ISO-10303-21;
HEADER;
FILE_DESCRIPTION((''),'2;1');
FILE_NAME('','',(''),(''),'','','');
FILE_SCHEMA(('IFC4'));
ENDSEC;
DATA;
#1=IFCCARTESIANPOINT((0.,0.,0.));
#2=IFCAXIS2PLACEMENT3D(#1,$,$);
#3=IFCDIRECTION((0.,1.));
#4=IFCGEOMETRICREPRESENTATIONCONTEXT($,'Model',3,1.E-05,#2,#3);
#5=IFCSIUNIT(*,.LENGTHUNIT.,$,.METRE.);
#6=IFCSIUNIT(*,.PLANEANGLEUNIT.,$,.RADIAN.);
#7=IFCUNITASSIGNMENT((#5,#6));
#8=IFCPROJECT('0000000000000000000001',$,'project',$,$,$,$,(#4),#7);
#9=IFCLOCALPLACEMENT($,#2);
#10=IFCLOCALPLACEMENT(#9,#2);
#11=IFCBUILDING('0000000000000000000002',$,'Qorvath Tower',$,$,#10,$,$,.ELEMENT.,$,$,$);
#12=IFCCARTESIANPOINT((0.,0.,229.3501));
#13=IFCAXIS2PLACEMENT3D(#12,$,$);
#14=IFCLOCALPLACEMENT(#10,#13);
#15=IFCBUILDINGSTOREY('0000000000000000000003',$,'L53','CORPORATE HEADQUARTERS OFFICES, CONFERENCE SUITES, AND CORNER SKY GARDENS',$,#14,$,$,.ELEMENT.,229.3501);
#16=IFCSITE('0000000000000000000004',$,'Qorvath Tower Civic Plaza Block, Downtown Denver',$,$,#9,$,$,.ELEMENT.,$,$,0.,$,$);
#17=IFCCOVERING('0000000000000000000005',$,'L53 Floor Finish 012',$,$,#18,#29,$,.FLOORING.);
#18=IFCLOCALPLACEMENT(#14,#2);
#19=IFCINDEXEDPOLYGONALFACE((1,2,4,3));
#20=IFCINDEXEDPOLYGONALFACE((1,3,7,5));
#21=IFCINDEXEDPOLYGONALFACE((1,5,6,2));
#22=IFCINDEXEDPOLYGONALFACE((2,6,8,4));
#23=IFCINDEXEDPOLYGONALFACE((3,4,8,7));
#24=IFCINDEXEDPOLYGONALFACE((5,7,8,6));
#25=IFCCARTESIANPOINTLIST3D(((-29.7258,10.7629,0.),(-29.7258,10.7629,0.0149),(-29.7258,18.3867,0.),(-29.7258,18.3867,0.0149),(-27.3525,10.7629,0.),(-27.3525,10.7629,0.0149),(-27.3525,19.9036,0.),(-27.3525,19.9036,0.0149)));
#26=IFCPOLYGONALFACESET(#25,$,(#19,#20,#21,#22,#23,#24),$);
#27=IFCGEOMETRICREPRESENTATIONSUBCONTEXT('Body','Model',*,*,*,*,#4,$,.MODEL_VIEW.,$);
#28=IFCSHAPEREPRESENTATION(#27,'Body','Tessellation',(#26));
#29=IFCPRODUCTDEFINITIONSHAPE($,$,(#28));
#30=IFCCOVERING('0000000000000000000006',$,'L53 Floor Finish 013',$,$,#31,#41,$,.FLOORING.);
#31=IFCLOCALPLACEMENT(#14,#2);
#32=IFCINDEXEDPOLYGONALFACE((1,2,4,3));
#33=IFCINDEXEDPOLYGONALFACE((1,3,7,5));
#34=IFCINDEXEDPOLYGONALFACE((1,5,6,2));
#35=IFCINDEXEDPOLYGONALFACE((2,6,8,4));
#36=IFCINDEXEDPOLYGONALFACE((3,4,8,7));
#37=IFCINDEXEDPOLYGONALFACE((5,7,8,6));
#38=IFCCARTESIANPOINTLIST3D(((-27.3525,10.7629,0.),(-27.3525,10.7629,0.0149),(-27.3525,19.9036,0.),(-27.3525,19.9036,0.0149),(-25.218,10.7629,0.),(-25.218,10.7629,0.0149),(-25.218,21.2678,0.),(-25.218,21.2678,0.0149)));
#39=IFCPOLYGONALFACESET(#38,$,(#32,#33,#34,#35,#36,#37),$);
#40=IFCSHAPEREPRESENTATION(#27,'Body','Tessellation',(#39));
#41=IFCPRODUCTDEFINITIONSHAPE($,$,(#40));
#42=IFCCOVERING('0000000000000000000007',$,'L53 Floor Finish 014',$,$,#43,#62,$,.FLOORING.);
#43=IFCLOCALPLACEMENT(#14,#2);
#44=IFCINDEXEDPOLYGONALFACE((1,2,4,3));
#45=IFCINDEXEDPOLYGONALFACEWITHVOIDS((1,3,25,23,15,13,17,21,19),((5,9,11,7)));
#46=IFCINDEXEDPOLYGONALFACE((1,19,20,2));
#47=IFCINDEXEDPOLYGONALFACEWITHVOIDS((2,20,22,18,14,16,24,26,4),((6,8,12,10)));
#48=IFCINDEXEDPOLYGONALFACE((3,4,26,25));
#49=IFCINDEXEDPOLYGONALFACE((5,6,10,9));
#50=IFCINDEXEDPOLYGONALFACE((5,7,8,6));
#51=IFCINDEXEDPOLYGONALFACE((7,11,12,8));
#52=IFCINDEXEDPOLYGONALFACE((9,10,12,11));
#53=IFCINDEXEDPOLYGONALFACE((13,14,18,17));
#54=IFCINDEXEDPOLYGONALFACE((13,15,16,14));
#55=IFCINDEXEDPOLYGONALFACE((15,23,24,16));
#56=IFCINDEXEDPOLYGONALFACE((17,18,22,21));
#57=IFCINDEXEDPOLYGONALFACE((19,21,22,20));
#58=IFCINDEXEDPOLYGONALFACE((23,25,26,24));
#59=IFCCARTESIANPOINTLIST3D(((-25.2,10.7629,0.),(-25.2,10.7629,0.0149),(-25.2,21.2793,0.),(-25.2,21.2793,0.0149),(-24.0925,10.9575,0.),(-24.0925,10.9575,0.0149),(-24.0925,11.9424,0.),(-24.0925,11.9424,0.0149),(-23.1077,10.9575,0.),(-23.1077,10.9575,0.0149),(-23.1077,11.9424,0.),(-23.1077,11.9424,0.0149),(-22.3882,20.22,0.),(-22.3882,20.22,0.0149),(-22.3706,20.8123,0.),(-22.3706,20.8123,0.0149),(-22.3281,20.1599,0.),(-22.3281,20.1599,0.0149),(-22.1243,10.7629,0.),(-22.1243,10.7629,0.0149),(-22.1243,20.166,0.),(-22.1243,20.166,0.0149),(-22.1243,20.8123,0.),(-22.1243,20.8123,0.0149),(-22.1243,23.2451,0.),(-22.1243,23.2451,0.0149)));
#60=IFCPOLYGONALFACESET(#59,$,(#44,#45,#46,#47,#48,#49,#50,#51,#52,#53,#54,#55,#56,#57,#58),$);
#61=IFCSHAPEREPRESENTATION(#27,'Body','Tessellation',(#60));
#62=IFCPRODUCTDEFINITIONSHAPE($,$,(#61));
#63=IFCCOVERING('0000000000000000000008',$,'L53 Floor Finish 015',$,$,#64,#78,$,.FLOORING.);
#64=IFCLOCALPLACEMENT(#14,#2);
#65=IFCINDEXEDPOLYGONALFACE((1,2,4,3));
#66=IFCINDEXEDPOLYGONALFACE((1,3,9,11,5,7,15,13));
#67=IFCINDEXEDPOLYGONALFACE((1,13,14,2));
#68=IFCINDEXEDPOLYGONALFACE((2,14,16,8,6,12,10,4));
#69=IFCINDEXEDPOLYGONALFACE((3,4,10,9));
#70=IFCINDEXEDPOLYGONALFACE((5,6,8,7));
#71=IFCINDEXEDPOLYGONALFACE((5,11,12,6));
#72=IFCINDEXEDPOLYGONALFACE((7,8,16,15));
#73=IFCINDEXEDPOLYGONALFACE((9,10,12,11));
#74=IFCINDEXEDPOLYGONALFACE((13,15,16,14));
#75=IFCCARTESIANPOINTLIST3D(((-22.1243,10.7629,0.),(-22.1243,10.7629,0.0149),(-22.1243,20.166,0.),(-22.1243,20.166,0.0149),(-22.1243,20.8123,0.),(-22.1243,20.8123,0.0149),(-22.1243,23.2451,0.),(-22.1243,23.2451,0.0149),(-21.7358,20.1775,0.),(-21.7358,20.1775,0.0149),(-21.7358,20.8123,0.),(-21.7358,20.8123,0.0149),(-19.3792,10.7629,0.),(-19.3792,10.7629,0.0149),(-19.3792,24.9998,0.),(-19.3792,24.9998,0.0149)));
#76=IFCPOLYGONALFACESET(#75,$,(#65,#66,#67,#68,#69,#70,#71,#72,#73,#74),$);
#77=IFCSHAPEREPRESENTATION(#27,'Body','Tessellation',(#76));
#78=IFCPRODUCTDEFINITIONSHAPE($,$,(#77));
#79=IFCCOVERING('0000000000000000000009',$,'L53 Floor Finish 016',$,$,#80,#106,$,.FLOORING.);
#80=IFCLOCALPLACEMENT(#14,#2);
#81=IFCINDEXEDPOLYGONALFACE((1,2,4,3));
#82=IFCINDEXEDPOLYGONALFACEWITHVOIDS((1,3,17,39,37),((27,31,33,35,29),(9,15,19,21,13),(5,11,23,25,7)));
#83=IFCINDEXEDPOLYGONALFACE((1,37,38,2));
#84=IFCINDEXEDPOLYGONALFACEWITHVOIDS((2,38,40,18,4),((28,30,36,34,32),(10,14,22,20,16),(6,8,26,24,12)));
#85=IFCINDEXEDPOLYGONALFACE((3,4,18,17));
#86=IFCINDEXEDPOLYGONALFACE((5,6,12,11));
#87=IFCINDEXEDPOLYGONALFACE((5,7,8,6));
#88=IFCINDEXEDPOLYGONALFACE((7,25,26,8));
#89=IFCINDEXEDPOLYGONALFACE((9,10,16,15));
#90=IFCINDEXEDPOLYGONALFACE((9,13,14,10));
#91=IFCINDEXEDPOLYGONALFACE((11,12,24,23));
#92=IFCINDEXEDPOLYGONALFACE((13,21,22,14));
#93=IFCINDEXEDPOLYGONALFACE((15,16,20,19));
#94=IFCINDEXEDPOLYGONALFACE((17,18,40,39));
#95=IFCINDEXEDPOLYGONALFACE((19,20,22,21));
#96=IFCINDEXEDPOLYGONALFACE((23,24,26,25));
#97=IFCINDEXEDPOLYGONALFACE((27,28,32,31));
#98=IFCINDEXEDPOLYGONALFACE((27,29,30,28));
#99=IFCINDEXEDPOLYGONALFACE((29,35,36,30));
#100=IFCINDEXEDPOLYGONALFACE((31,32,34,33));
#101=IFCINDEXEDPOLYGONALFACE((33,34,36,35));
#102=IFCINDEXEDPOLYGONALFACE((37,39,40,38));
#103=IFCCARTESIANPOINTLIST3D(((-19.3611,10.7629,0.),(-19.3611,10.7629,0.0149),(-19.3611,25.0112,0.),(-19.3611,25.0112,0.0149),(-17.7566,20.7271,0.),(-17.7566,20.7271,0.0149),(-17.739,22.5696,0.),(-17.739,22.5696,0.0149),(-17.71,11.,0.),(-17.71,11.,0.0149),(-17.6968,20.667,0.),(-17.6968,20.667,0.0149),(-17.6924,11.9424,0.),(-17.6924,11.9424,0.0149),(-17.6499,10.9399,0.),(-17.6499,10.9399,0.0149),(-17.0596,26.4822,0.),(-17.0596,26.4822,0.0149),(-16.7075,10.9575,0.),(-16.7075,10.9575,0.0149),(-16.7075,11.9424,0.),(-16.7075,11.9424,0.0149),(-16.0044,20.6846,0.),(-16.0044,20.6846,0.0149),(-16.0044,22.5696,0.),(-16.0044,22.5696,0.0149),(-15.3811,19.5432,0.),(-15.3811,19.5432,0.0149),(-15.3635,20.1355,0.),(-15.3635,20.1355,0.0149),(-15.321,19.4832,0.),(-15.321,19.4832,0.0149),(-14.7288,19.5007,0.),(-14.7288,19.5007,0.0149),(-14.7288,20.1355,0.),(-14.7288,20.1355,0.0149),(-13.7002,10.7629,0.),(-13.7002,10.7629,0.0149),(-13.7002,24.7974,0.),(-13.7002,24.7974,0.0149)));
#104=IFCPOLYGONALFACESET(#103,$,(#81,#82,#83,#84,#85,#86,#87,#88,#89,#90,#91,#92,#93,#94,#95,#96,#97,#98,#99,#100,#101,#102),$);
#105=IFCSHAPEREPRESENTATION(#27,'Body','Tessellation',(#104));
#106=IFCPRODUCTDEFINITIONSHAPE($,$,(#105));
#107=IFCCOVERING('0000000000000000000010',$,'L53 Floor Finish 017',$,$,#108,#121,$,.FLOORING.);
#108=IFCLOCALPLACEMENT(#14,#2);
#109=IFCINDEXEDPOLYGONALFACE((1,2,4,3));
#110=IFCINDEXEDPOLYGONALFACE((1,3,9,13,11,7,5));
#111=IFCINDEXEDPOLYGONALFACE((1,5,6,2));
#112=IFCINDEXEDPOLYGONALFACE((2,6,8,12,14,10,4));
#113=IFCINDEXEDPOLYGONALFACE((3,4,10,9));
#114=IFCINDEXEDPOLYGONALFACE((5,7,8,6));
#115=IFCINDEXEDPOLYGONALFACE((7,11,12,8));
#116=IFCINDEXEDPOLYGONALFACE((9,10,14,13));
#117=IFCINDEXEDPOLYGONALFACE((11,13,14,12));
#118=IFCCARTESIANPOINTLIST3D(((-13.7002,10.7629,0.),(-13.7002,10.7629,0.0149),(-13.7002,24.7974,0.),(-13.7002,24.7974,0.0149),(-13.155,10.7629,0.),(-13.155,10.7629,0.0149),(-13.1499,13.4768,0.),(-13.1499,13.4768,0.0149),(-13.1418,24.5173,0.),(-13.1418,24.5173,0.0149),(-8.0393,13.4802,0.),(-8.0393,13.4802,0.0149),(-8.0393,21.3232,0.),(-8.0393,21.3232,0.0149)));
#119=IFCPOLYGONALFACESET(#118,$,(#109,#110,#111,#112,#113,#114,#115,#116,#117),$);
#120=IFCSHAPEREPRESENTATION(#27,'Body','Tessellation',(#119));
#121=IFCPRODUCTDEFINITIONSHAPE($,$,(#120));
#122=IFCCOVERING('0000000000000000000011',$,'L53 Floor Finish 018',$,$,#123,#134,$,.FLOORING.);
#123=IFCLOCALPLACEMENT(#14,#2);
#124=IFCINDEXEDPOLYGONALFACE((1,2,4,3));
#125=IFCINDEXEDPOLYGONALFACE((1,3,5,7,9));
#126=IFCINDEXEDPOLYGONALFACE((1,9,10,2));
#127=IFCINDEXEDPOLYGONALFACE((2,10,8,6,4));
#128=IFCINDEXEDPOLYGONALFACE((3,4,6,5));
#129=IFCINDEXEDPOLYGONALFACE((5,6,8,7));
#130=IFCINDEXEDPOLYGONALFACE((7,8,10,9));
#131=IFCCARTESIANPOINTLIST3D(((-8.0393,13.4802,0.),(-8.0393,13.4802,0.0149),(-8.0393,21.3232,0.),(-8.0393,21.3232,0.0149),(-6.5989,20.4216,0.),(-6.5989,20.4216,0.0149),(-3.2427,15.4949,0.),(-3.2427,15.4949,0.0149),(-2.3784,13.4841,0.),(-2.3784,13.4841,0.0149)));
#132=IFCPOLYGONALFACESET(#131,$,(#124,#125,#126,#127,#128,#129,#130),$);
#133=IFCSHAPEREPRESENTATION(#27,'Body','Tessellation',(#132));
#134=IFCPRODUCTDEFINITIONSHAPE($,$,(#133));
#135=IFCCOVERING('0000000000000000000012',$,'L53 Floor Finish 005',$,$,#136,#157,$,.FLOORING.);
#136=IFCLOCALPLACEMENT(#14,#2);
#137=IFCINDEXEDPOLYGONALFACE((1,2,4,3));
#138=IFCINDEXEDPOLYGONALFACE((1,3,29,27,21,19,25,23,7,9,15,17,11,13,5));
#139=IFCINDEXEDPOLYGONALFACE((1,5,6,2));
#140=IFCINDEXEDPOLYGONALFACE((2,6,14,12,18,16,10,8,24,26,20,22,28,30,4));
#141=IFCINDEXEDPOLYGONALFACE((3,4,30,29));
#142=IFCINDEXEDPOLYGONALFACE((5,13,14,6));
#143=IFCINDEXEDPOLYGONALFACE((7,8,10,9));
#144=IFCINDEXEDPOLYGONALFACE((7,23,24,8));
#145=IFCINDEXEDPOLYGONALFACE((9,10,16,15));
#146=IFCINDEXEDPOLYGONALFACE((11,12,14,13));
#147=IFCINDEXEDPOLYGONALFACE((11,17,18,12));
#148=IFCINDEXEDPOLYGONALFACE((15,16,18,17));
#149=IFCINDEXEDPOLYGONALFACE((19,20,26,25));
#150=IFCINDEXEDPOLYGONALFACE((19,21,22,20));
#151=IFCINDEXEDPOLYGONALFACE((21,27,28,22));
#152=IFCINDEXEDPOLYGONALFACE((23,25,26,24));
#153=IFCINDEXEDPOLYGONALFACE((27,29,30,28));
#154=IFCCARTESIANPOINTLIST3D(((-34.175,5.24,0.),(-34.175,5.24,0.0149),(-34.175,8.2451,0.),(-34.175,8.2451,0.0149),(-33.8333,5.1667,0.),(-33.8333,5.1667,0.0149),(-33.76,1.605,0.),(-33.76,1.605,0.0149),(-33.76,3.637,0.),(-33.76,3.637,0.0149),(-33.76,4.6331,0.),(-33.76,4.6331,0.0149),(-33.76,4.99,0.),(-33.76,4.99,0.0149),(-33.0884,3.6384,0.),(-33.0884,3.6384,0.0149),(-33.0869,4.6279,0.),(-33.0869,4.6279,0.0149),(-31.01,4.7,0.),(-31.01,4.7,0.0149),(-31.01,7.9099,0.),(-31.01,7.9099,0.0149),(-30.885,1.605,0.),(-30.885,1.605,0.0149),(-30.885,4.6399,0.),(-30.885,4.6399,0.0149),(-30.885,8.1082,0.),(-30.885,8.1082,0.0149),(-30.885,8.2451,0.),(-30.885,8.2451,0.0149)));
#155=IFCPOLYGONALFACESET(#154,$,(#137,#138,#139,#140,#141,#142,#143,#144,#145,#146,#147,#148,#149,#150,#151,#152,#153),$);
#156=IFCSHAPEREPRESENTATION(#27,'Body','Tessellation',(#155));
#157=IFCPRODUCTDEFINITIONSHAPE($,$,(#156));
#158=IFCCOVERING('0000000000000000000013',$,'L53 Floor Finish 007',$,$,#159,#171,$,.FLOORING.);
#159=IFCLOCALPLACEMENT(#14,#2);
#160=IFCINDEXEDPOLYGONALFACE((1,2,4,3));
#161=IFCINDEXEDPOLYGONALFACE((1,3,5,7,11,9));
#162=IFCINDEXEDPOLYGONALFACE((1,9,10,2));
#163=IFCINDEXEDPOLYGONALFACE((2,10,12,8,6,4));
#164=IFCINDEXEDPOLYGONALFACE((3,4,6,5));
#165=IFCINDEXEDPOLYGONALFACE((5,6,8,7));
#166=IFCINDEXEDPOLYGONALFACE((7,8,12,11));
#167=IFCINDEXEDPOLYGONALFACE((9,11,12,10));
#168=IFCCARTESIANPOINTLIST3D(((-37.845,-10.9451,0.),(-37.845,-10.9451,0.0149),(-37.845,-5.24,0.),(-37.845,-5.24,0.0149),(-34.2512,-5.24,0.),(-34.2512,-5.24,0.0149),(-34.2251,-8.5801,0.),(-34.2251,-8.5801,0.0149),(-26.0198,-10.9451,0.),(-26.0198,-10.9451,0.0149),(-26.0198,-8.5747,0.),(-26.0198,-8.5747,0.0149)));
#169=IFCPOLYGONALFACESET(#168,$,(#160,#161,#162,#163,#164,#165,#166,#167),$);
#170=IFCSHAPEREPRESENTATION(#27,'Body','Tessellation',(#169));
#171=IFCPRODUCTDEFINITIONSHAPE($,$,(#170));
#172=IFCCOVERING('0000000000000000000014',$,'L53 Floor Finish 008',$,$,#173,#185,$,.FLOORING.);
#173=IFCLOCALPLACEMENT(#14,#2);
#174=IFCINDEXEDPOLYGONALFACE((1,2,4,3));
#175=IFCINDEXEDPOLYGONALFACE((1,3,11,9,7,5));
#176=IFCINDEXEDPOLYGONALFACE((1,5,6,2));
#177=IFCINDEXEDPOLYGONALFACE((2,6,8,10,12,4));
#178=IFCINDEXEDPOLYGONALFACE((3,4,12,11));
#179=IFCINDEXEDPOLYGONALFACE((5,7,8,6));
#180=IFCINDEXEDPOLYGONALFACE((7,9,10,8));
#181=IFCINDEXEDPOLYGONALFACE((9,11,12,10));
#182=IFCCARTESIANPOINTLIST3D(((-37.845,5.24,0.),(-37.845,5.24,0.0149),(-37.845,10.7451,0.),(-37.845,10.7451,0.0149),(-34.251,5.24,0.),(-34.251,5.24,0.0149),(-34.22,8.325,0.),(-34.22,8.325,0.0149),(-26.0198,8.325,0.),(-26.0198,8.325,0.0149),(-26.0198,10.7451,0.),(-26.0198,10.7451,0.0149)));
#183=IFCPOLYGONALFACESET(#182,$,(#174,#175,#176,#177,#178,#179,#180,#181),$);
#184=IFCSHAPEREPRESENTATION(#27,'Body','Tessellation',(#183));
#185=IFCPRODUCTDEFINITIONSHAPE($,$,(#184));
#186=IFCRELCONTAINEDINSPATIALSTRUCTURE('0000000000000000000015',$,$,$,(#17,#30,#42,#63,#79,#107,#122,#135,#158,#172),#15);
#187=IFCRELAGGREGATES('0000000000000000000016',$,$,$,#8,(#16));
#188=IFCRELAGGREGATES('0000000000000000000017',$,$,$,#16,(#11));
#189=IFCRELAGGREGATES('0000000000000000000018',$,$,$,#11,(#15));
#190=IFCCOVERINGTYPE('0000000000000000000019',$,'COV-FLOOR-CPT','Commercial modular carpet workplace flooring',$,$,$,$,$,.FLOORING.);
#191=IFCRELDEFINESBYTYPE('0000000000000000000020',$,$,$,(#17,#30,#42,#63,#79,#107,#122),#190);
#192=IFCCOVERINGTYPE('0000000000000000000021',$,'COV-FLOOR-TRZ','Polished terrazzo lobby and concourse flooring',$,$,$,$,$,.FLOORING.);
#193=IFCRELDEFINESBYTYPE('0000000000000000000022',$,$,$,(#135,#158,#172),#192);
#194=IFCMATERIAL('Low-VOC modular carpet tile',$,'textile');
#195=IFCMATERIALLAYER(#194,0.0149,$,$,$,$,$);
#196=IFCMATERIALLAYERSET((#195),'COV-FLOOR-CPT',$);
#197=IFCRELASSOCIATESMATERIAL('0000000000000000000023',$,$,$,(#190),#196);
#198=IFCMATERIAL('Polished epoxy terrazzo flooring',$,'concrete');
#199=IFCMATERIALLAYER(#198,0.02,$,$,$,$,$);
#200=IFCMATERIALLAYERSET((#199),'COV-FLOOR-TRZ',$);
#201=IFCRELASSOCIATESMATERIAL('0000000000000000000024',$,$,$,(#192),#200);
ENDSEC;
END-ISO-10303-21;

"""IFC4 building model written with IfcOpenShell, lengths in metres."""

from ifc_helpers import new_model, si_unit, direction, frame, origin, place, context, subcontext, project, spatial, polyline, outline, extrude, material, layer, layer_set, type_object, element, save


model = new_model("IFC4")

# Units and contexts
model_context = context("Model", 3, precision=1e-05, world=origin(), true_north=direction((0.0, 1.0)))
body_context = subcontext(model_context, "Body", "Model", "MODEL_VIEW")
ifc_project = project(units=[si_unit("LENGTHUNIT", "METRE"), si_unit("PLANEANGLEUNIT", "RADIAN")], contexts=[model_context])

# Site, building, storey
site_placement = place(None, origin())
site = spatial("IfcSite", under=ifc_project, at=site_placement, Name="Qorvath Tower Civic Plaza Block, Downtown Denver", CompositionType="ELEMENT", RefElevation=0.0)
building_placement = place(site_placement, origin())
building = spatial("IfcBuilding", under=site, at=building_placement, Name="Qorvath Tower", CompositionType="ELEMENT")
storey_placement = place(building_placement, frame((0.0, 0.0, 229.3501)))
storey = spatial("IfcBuildingStorey", under=building, at=storey_placement, Name="L53", Description="CORPORATE HEADQUARTERS OFFICES, CONFERENCE SUITES, AND CORNER SKY GARDENS", CompositionType="ELEMENT", Elevation=229.3501)

# Coverings
ifc_material_1 = material(Name="Low-VOC modular carpet tile", Category="textile")
ifc_layer_1 = layer(ifc_material_1, 0.0149)
ifc_layer_set_1 = layer_set([ifc_layer_1], Name="COV-FLOOR-CPT")
covering_type_1 = type_object("IfcCoveringType", Name="COV-FLOOR-CPT", Description="Commercial modular carpet workplace flooring", PredefinedType="FLOORING", material=ifc_layer_set_1)
covering_1_placement = place(storey_placement, origin())
element("IfcCovering", 1, at=covering_1_placement, inside=storey, type_object=covering_type_1, Name="L53 Floor Finish 012", PredefinedType="FLOORING", context=body_context, shape_type="SweptSolid", body=[
    extrude(outline(polyline([(-29.7258, 10.7629), (-27.3525, 10.7629), (-27.3525, 19.9036), (-29.7258, 18.3867), (-29.7258, 10.7629)])), origin(), (0.0, 0.0, 1.0), 0.0149),
])
covering_2_placement = place(storey_placement, origin())
element("IfcCovering", 2, at=covering_2_placement, inside=storey, type_object=covering_type_1, Name="L53 Floor Finish 013", PredefinedType="FLOORING", context=body_context, shape_type="SweptSolid", body=[
    extrude(outline(polyline([(-27.3525, 19.9036), (-27.3525, 10.7629), (-25.218, 10.7629), (-25.218, 21.2678), (-27.3525, 19.9036)])), origin(), (0.0, 0.0, 1.0), 0.0149),
])
covering_3_placement = place(storey_placement, origin())
element("IfcCovering", 3, at=covering_3_placement, inside=storey, type_object=covering_type_1, Name="L53 Floor Finish 014", PredefinedType="FLOORING", context=body_context, shape_type="SweptSolid", body=[
    extrude(outline(polyline([(-25.2, 10.7629), (-22.1243, 10.7629), (-22.1243, 20.166), (-22.3281, 20.1599), (-22.3882, 20.22), (-22.3706, 20.8123), (-22.1243, 20.8123), (-22.1243, 23.2451), (-25.2, 21.2793), (-25.2, 10.7629)]), holes=[polyline([(-24.0925, 10.9575), (-24.0925, 11.9424), (-23.1077, 11.9424), (-23.1077, 10.9575), (-24.0925, 10.9575)])]), origin(), (0.0, 0.0, 1.0), 0.0149),
])
covering_4_placement = place(storey_placement, origin())
element("IfcCovering", 4, at=covering_4_placement, inside=storey, type_object=covering_type_1, Name="L53 Floor Finish 015", PredefinedType="FLOORING", context=body_context, shape_type="SweptSolid", body=[
    extrude(outline(polyline([(-22.1243, 23.2451), (-22.1243, 20.8123), (-21.7358, 20.8123), (-21.7358, 20.1775), (-22.1243, 20.166), (-22.1243, 10.7629), (-19.3792, 10.7629), (-19.3792, 24.9998), (-22.1243, 23.2451)])), origin(), (0.0, 0.0, 1.0), 0.0149),
])
covering_5_placement = place(storey_placement, origin())
element("IfcCovering", 5, at=covering_5_placement, inside=storey, type_object=covering_type_1, Name="L53 Floor Finish 016", PredefinedType="FLOORING", context=body_context, shape_type="SweptSolid", body=[
    extrude(outline(polyline([(-13.7002, 10.7629), (-13.7002, 24.7974), (-17.0596, 26.4822), (-19.3611, 25.0112), (-19.3611, 10.7629), (-13.7002, 10.7629)]), holes=[polyline([(-15.3811, 19.5432), (-15.3635, 20.1355), (-14.7288, 20.1355), (-14.7288, 19.5007), (-15.321, 19.4832), (-15.3811, 19.5432)]), polyline([(-17.7566, 20.7271), (-17.739, 22.5696), (-16.0044, 22.5696), (-16.0044, 20.6846), (-17.6968, 20.667), (-17.7566, 20.7271)]), polyline([(-17.71, 11.0), (-17.6924, 11.9424), (-16.7075, 11.9424), (-16.7075, 10.9575), (-17.6499, 10.9399), (-17.71, 11.0)])]), origin(), (0.0, 0.0, 1.0), 0.0149),
])
covering_6_placement = place(storey_placement, origin())
element("IfcCovering", 6, at=covering_6_placement, inside=storey, type_object=covering_type_1, Name="L53 Floor Finish 017", PredefinedType="FLOORING", context=body_context, shape_type="SweptSolid", body=[
    extrude(outline(polyline([(-8.0393, 13.4802), (-8.0393, 21.3232), (-13.1418, 24.5173), (-13.7002, 24.7974), (-13.7002, 10.7629), (-13.155, 10.7629), (-13.1499, 13.4768), (-8.0393, 13.4802)])), origin(), (0.0, 0.0, 1.0), 0.0149),
])
covering_7_placement = place(storey_placement, origin())
element("IfcCovering", 7, at=covering_7_placement, inside=storey, type_object=covering_type_1, Name="L53 Floor Finish 018", PredefinedType="FLOORING", context=body_context, shape_type="SweptSolid", body=[
    extrude(outline(polyline([(-6.5989, 20.4216), (-8.0393, 21.3232), (-8.0393, 13.4802), (-2.3784, 13.4841), (-3.2427, 15.4949), (-6.5989, 20.4216)])), origin(), (0.0, 0.0, 1.0), 0.0149),
])
ifc_material_2 = material(Name="Polished epoxy terrazzo flooring", Category="concrete")
ifc_layer_2 = layer(ifc_material_2, 0.02)
ifc_layer_set_2 = layer_set([ifc_layer_2], Name="COV-FLOOR-TRZ")
covering_type_2 = type_object("IfcCoveringType", Name="COV-FLOOR-TRZ", Description="Polished terrazzo lobby and concourse flooring", PredefinedType="FLOORING", material=ifc_layer_set_2)
covering_8_placement = place(storey_placement, origin())
element("IfcCovering", 8, at=covering_8_placement, inside=storey, type_object=covering_type_2, Name="L53 Floor Finish 005", PredefinedType="FLOORING", context=body_context, shape_type="SweptSolid", body=[
    extrude(outline(polyline([(-30.885, 8.2451), (-34.175, 8.2451), (-34.175, 5.24), (-33.8333, 5.1667), (-33.76, 4.99), (-33.76, 4.6331), (-33.0869, 4.6279), (-33.0884, 3.6384), (-33.76, 3.637), (-33.76, 1.605), (-30.885, 1.605), (-30.885, 4.6399), (-31.01, 4.7), (-31.01, 7.9099), (-30.885, 8.1082), (-30.885, 8.2451)])), origin(), (0.0, 0.0, 1.0), 0.0149),
])
covering_9_placement = place(storey_placement, origin())
element("IfcCovering", 9, at=covering_9_placement, inside=storey, type_object=covering_type_2, Name="L53 Floor Finish 007", PredefinedType="FLOORING", context=body_context, shape_type="SweptSolid", body=[
    extrude(outline(polyline([(-34.2251, -8.5801), (-34.2512, -5.24), (-37.845, -5.24), (-37.845, -10.9451), (-26.0198, -10.9451), (-26.0198, -8.5747), (-34.2251, -8.5801)])), origin(), (0.0, 0.0, 1.0), 0.0149),
])
covering_10_placement = place(storey_placement, origin())
element("IfcCovering", 10, at=covering_10_placement, inside=storey, type_object=covering_type_2, Name="L53 Floor Finish 008", PredefinedType="FLOORING", context=body_context, shape_type="SweptSolid", body=[
    extrude(outline(polyline([(-26.0198, 8.325), (-26.0198, 10.7451), (-37.845, 10.7451), (-37.845, 5.24), (-34.251, 5.24), (-34.22, 8.325), (-26.0198, 8.325)])), origin(), (0.0, 0.0, 1.0), 0.0149),
])

save(model, "model.ifc")
